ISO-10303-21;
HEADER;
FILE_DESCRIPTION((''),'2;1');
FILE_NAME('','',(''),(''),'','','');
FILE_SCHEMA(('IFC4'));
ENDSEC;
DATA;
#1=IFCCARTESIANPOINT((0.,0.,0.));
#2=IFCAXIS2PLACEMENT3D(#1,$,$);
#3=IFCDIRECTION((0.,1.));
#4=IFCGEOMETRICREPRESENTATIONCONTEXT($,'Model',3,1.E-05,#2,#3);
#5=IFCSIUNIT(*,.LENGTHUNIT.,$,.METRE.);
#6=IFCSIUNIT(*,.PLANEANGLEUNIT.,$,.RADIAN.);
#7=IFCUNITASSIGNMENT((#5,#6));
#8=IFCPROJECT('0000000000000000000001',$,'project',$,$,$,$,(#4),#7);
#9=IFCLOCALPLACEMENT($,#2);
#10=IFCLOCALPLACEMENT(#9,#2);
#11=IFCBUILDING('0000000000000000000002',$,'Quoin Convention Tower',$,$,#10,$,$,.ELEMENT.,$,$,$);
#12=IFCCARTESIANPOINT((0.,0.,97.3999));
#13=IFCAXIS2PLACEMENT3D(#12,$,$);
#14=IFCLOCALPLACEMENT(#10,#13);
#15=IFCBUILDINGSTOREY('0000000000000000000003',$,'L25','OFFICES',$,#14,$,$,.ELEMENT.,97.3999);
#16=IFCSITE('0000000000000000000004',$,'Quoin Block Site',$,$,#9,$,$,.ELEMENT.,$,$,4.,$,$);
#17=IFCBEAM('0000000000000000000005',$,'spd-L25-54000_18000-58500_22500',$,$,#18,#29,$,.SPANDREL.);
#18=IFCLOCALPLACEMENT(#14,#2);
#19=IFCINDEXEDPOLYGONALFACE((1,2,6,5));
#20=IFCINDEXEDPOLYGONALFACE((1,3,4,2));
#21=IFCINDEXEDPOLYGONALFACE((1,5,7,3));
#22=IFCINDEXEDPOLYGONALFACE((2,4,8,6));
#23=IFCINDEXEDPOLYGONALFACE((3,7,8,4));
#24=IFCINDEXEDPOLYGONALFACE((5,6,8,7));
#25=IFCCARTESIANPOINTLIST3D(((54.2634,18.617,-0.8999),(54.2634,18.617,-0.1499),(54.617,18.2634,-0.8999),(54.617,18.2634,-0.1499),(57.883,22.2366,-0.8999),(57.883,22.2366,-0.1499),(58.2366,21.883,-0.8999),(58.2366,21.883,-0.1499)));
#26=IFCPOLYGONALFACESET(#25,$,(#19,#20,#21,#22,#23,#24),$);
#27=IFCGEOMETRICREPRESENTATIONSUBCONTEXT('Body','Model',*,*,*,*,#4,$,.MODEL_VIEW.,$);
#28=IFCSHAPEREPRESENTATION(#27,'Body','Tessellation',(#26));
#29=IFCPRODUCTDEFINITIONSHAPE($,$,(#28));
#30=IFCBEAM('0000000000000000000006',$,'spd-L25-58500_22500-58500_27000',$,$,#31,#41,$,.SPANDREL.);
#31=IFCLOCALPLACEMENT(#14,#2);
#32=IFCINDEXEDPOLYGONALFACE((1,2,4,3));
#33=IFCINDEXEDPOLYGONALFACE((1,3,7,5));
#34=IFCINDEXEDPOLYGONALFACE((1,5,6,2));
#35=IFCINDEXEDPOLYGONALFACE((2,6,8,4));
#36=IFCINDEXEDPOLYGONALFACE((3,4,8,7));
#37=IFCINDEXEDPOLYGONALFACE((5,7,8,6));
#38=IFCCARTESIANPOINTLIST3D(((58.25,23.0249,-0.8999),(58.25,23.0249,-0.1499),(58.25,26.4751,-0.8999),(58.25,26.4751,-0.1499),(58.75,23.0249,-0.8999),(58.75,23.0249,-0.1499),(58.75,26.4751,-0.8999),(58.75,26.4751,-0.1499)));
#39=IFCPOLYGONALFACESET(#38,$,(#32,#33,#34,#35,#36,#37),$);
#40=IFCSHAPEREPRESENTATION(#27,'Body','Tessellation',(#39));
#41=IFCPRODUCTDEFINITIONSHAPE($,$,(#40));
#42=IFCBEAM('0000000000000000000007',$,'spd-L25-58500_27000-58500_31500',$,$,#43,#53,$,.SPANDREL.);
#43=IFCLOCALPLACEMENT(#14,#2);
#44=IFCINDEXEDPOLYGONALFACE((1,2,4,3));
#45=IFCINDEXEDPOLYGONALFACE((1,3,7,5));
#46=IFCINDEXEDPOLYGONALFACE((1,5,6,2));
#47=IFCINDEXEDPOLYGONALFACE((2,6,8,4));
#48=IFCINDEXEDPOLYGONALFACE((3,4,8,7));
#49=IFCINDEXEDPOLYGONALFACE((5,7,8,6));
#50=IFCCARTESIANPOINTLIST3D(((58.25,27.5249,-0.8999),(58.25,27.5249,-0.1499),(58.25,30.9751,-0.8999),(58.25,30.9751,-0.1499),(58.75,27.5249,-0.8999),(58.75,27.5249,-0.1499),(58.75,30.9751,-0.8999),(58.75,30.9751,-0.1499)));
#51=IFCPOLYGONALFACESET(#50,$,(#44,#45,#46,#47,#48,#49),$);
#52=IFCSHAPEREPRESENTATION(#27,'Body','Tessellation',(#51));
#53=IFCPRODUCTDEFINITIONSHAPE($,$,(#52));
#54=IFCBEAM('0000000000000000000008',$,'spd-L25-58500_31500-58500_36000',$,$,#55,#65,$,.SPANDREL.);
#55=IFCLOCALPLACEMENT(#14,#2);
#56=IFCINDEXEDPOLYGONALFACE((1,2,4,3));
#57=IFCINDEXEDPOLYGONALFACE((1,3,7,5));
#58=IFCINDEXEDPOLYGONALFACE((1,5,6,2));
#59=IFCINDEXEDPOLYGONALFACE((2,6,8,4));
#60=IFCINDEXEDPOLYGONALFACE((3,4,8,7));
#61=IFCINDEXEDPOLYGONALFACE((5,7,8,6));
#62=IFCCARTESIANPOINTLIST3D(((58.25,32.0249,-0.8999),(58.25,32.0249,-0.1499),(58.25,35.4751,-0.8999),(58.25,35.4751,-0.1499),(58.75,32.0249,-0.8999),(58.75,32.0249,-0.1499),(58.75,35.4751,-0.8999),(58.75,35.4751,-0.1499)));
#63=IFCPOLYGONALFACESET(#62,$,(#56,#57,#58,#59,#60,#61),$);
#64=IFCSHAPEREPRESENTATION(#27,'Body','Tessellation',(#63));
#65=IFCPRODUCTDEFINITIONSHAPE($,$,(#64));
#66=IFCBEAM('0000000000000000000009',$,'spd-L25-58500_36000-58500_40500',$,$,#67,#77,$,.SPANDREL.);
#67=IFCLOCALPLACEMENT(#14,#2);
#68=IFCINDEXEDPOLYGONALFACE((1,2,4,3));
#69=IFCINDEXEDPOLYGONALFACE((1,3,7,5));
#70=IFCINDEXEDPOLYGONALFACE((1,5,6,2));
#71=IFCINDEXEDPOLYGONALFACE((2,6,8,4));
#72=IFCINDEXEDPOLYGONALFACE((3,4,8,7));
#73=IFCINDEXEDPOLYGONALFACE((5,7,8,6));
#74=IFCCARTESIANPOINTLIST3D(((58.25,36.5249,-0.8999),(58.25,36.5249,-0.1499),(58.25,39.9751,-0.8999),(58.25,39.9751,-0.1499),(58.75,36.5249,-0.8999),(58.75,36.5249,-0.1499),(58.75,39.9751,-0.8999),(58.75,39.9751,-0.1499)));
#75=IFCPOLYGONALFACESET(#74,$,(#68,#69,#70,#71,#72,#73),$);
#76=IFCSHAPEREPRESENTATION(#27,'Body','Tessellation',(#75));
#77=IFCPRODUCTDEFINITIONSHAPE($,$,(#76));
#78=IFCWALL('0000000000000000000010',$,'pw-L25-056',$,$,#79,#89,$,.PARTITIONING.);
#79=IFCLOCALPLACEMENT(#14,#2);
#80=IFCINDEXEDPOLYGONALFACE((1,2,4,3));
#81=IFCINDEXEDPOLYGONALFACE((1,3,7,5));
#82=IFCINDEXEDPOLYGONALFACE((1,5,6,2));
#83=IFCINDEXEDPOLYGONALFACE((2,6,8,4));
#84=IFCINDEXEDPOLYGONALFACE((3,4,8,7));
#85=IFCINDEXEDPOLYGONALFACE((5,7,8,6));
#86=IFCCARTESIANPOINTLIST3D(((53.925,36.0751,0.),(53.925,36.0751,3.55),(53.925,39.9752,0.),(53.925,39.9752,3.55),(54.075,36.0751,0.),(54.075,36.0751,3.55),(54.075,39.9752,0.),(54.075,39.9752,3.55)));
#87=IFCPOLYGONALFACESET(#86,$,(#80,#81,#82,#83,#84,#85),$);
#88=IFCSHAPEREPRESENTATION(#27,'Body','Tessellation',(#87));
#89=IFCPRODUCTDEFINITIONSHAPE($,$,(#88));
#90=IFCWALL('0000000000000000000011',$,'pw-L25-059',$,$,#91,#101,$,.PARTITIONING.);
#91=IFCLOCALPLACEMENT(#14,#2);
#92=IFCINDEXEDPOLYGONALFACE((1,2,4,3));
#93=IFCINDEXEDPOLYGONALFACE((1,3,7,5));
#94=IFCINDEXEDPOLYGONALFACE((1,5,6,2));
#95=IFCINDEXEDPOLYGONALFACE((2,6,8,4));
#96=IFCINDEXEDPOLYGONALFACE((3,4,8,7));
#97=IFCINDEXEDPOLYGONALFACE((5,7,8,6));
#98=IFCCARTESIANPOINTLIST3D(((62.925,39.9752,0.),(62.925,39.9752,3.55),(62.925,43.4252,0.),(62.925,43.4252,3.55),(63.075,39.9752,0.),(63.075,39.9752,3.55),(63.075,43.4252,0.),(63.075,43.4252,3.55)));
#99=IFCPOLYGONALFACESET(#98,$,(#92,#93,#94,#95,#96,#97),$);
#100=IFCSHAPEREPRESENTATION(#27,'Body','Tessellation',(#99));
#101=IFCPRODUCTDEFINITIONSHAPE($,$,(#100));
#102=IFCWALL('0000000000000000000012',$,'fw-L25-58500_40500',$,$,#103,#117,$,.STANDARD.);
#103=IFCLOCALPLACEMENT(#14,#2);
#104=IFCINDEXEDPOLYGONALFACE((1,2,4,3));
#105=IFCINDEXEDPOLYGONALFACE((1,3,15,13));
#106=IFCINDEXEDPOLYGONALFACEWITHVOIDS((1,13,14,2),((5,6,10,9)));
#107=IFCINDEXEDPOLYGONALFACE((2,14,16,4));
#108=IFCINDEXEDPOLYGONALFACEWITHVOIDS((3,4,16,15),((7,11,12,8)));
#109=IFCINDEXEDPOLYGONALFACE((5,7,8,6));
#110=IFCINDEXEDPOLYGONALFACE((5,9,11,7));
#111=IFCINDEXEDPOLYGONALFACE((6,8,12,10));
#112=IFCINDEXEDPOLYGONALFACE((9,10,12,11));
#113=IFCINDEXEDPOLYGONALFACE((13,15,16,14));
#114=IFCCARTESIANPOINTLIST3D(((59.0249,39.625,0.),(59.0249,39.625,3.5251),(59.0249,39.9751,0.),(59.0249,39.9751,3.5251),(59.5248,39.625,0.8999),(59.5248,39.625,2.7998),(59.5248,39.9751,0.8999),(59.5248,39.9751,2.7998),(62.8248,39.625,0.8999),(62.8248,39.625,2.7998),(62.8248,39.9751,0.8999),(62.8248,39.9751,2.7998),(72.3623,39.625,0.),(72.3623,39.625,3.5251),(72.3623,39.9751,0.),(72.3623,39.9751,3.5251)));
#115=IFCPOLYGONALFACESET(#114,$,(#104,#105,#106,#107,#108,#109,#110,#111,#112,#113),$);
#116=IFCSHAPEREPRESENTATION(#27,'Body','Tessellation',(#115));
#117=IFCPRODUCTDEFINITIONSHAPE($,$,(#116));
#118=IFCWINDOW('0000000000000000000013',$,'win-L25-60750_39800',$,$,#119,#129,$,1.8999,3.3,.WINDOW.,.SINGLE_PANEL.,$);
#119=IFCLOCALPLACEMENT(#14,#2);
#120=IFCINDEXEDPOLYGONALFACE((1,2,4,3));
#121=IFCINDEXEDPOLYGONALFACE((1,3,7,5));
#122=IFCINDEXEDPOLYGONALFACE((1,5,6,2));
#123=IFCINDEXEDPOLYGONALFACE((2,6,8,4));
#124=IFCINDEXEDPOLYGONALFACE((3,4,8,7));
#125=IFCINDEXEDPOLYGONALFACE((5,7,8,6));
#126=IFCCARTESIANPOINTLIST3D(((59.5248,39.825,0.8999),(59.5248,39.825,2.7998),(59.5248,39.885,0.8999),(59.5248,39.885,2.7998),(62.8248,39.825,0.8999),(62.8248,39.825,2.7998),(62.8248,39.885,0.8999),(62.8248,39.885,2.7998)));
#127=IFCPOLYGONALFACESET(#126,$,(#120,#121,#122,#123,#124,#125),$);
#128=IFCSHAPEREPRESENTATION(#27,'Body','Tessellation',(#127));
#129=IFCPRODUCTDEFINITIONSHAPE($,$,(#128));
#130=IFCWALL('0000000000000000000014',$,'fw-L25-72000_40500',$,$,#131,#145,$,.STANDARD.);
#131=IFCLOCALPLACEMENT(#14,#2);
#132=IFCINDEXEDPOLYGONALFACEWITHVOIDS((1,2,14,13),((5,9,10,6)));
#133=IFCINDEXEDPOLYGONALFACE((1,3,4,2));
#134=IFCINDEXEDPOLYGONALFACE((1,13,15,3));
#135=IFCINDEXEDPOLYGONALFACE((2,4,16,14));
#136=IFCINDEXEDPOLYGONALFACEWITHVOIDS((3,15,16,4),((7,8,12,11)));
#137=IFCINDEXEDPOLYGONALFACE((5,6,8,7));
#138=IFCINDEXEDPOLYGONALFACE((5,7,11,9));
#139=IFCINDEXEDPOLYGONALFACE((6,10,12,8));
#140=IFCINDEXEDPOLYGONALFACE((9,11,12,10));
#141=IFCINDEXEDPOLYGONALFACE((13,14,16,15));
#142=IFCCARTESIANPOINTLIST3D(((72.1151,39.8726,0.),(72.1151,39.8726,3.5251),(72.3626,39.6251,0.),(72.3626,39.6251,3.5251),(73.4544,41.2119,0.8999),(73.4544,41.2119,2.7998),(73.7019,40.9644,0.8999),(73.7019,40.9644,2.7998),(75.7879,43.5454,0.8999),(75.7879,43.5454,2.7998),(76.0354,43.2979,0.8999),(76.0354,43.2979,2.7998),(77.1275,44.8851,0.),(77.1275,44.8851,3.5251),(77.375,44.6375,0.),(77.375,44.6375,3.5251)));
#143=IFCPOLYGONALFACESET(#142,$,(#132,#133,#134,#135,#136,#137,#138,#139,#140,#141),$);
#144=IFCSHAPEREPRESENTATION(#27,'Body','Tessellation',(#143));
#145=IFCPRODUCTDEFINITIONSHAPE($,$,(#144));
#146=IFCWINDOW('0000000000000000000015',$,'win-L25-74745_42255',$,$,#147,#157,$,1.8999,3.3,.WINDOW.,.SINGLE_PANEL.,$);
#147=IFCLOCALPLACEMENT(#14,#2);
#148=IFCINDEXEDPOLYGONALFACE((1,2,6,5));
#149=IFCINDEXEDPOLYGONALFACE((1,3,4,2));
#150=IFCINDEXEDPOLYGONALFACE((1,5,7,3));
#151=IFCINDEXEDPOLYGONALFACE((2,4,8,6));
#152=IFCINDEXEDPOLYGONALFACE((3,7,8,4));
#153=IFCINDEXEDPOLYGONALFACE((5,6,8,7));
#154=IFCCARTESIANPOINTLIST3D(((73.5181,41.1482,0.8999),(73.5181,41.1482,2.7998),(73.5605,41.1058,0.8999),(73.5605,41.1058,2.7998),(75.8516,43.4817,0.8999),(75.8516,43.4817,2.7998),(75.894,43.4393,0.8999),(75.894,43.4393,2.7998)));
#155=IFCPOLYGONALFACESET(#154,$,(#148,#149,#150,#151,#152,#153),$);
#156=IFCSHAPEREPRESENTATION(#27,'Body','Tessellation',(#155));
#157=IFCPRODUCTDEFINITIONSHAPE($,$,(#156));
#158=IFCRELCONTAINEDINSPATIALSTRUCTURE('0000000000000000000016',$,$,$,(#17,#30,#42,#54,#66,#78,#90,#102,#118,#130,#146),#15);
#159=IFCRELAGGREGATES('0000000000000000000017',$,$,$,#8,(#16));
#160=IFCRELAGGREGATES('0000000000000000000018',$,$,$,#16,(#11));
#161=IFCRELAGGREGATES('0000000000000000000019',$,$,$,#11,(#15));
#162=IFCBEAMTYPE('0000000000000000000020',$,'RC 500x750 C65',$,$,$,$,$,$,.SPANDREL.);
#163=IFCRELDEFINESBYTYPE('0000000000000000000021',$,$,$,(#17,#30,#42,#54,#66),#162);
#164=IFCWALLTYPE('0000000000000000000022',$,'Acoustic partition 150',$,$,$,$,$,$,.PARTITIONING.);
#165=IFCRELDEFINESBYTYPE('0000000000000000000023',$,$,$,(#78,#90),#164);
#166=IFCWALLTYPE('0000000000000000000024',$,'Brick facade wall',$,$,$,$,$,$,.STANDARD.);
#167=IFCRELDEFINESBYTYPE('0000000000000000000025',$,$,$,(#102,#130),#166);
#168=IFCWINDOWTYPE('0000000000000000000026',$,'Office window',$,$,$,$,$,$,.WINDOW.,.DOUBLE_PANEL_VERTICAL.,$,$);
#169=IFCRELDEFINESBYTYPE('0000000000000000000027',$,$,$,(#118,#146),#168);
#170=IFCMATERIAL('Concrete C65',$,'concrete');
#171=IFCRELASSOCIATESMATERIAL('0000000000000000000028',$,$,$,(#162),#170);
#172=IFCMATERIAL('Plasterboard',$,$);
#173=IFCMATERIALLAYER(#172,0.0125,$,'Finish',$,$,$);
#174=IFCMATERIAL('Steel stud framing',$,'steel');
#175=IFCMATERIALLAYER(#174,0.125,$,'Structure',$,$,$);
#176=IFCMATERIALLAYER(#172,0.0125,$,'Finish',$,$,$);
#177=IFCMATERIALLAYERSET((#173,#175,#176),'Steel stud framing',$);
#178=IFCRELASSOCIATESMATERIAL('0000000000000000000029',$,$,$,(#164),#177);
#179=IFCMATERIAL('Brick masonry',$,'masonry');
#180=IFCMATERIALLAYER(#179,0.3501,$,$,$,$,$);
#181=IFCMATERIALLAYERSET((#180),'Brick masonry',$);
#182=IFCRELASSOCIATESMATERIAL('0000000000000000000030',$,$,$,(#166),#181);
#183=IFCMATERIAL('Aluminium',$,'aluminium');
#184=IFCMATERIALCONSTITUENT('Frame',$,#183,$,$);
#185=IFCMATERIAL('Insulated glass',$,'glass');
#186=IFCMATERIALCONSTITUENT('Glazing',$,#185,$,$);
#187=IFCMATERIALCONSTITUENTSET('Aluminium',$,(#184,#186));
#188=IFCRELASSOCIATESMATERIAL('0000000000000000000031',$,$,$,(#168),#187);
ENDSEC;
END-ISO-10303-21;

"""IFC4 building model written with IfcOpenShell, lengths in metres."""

from ifc_helpers import new_model, si_unit, direction, frame, frame_2d, origin, origin_2d, place, context, subcontext, project, spatial, rectangle, extrude, material, layer, layer_set, constituent, constituent_set, material_profile, profile_set, type_object, element, fill, save


model = new_model("IFC4")

# Units and contexts
model_context = context("Model", 3, precision=1e-05, world=origin(), true_north=direction((0.0, 1.0)))
body_context = subcontext(model_context, "Body", "Model", "MODEL_VIEW")
ifc_project = project(units=[si_unit("LENGTHUNIT", "METRE"), si_unit("PLANEANGLEUNIT", "RADIAN")], contexts=[model_context])

# Site, building, storey
site_placement = place(None, origin())
site = spatial("IfcSite", under=ifc_project, at=site_placement, Name="Quoin Block Site", CompositionType="ELEMENT", RefElevation=4.0)
building_placement = place(site_placement, origin())
building = spatial("IfcBuilding", under=site, at=building_placement, Name="Quoin Convention Tower", CompositionType="ELEMENT")
storey_placement = place(building_placement, frame((0.0, 0.0, 97.3999)))
storey = spatial("IfcBuildingStorey", under=building, at=storey_placement, Name="L25", Description="OFFICES", CompositionType="ELEMENT", Elevation=97.3999)

# Shared definitions
ifc_material_1 = material(Name="Concrete C65", Category="concrete")

# Beams
ifc_material_profile_1 = material_profile(ifc_material_1, rectangle(XDim=0.5, YDim=0.75, at=origin_2d()), Name="RC 500x750")
ifc_profile_set_1 = profile_set([ifc_material_profile_1], Name="Concrete C65")
beam_type = type_object("IfcBeamType", Name="RC 500x750 C65", PredefinedType="SPANDREL", material=ifc_profile_set_1)
beam_placement = place(storey_placement, frame((54.4402, 18.4402, -0.5249), z_axis=(0.707107, 0.707107, 0.0), x_axis=(-0.707107, 0.707107, 0.0)))
element("IfcBeam", 1, at=beam_placement, inside=storey, type_object=beam_type, Name="spd-L25-54000_18000-58500_22500", PredefinedType="SPANDREL", context=body_context, shape_type="SweptSolid", body=[
    extrude(rectangle(XDim=0.5, YDim=0.75, at=origin_2d()), origin(), (0.0, 0.0, 1.0), 5.1189),
])
for number, where, z_axis, x_axis, name in (
    (2, (58.5, 23.0249, -0.5249), (0.0, 1.0, 0.0), (-1.0, 0.0, 0.0), "spd-L25-58500_22500-58500_27000"),
    (3, (58.5, 27.5249, -0.5249), (0.0, 1.0, 0.0), (-1.0, 0.0, 0.0), "spd-L25-58500_27000-58500_31500"),
    (4, (58.5, 32.0249, -0.5249), (0.0, 1.0, 0.0), (-1.0, 0.0, 0.0), "spd-L25-58500_31500-58500_36000"),
    (5, (58.5, 36.5249, -0.5249), (0.0, 1.0, 0.0), (-1.0, 0.0, 0.0), "spd-L25-58500_36000-58500_40500"),
):
    element("IfcBeam", number, at=place(storey_placement, frame(where, z_axis=z_axis, x_axis=x_axis)), inside=storey, type_object=beam_type, Name=name, PredefinedType="SPANDREL", context=body_context, shape_type="SweptSolid", body=[
        extrude(rectangle(XDim=0.5, YDim=0.75, at=origin_2d()), origin(), (0.0, 0.0, 1.0), 3.4502),
    ])

# Walls
ifc_material_2 = material(Name="Plasterboard")
ifc_layer_1 = layer(ifc_material_2, 0.0125, Name="Finish")
ifc_material_3 = material(Name="Steel stud framing", Category="steel")
ifc_layer_2 = layer(ifc_material_3, 0.125, Name="Structure")
ifc_layer_3 = layer(ifc_material_2, 0.0125, Name="Finish")
ifc_layer_set_1 = layer_set([ifc_layer_1, ifc_layer_2, ifc_layer_3], Name="Steel stud framing")
wall_type_1 = type_object("IfcWallType", Name="Acoustic partition 150", PredefinedType="PARTITIONING", material=ifc_layer_set_1)
wall_1_placement = place(storey_placement, frame((54.0, 36.075, 0.0), z_axis=(0.0, 0.0, 1.0), x_axis=(0.0, 1.0, 0.0)))
element("IfcWall", 6, at=wall_1_placement, inside=storey, type_object=wall_type_1, Name="pw-L25-056", PredefinedType="PARTITIONING", context=body_context, shape_type="SweptSolid", body=[
    extrude(rectangle(XDim=3.9001, YDim=0.1499, at=frame_2d((1.9502, 0.0))), origin(), (0.0, 0.0, 1.0), 3.55),
])
wall_2_placement = place(storey_placement, frame((63.0, 39.9751, 0.0), z_axis=(0.0, 0.0, 1.0), x_axis=(0.0, 1.0, 0.0)))
element("IfcWall", 7, at=wall_2_placement, inside=storey, type_object=wall_type_1, Name="pw-L25-059", PredefinedType="PARTITIONING", context=body_context, shape_type="SweptSolid", body=[
    extrude(rectangle(XDim=3.45, YDim=0.1499, at=frame_2d((1.7251, 0.0))), origin(), (0.0, 0.0, 1.0), 3.55),
])

# Walls, openings, windows
ifc_material_4 = material(Name="Brick masonry", Category="masonry")
ifc_layer_4 = layer(ifc_material_4, 0.3501)
ifc_layer_set_2 = layer_set([ifc_layer_4], Name="Brick masonry")
wall_type_2 = type_object("IfcWallType", Name="Brick facade wall", PredefinedType="STANDARD", material=ifc_layer_set_2)
wall_3_placement = place(storey_placement, frame((59.0249, 39.8, 0.0), z_axis=(0.0, 0.0, 1.0), x_axis=(1.0, 0.0, 0.0)))
wall_3 = element("IfcWall", 8, at=wall_3_placement, inside=storey, type_object=wall_type_2, Name="fw-L25-58500_40500", PredefinedType="STANDARD", context=body_context, shape_type="SweptSolid", body=[
    extrude(rectangle(XDim=13.3374, YDim=0.3501, at=frame_2d((6.6687, 0.0))), origin(), (0.0, 0.0, 1.0), 3.5251),
])
opening_1_placement = place(wall_3_placement, frame((0.5, 0.0, 0.8999)))
opening_1 = element("IfcOpeningElement", 9, at=opening_1_placement, cuts=wall_3, PredefinedType="OPENING", context=body_context, shape_type="SweptSolid", body=[
    extrude(rectangle(XDim=3.3, YDim=1.8999, at=frame_2d((1.6499, 0.95))), frame((0.0, 0.1851, 0.0), z_axis=(0.0, -1.0, 0.0), x_axis=(1.0, 0.0, 0.0)), (0.0, 0.0, 1.0), 0.3701),
])
ifc_material_5 = material(Name="Aluminium", Category="aluminium")
ifc_constituent_1 = constituent(ifc_material_5, Name="Frame")
ifc_material_6 = material(Name="Insulated glass", Category="glass")
ifc_constituent_2 = constituent(ifc_material_6, Name="Glazing")
ifc_constituent_set = constituent_set(constituents=[ifc_constituent_1, ifc_constituent_2], Name="Aluminium")
window_type = type_object("IfcWindowType", Name="Office window", PartitioningType="DOUBLE_PANEL_VERTICAL", PredefinedType="WINDOW", material=ifc_constituent_set)
window_1_placement = place(opening_1_placement, origin())
window_1 = element("IfcWindow", 10, at=window_1_placement, inside=storey, type_object=window_type, Name="win-L25-60750_39800", OverallHeight=1.8999, OverallWidth=3.3, PartitioningType="SINGLE_PANEL", PredefinedType="WINDOW", context=body_context, shape_type="SweptSolid", body=[
    extrude(rectangle(XDim=3.3, YDim=1.8999, at=frame_2d((1.6499, 0.95))), frame((0.0, 0.085, 0.0), z_axis=(0.0, -1.0, 0.0), x_axis=(1.0, 0.0, 0.0)), (0.0, 0.0, 1.0), 0.0601),
])
fill(opening_1, window_1)
wall_4_placement = place(storey_placement, frame((72.2388, 39.7488, 0.0), z_axis=(0.0, 0.0, 1.0), x_axis=(0.707107, 0.707107, 0.0)))
wall_4 = element("IfcWall", 11, at=wall_4_placement, inside=storey, type_object=wall_type_2, Name="fw-L25-72000_40500", PredefinedType="STANDARD", context=body_context, shape_type="SweptSolid", body=[
    extrude(rectangle(XDim=7.0886, YDim=0.3501, at=frame_2d((3.5444, 0.0))), origin(), (0.0, 0.0, 1.0), 3.5251),
])
opening_2_placement = place(wall_4_placement, frame((1.8943, 0.0, 0.8999)))
opening_2 = element("IfcOpeningElement", 12, at=opening_2_placement, cuts=wall_4, PredefinedType="OPENING", context=body_context, shape_type="SweptSolid", body=[
    extrude(rectangle(XDim=3.3, YDim=1.8999, at=frame_2d((1.6499, 0.95))), frame((0.0, 0.1851, 0.0), z_axis=(0.0, -1.0, 0.0), x_axis=(1.0, 0.0, 0.0)), (0.0, 0.0, 1.0), 0.3701),
])
window_2_placement = place(opening_2_placement, origin())
window_2 = element("IfcWindow", 13, at=window_2_placement, inside=storey, type_object=window_type, Name="win-L25-74745_42255", OverallHeight=1.8999, OverallWidth=3.3, PartitioningType="SINGLE_PANEL", PredefinedType="WINDOW", context=body_context, shape_type="SweptSolid", body=[
    extrude(rectangle(XDim=3.3, YDim=1.8999, at=frame_2d((1.6499, 0.95))), frame((0.0, 0.085, 0.0), z_axis=(0.0, -1.0, 0.0), x_axis=(1.0, 0.0, 0.0)), (0.0, 0.0, 1.0), 0.0601),
])
fill(opening_2, window_2)

save(model, "model.ifc")
